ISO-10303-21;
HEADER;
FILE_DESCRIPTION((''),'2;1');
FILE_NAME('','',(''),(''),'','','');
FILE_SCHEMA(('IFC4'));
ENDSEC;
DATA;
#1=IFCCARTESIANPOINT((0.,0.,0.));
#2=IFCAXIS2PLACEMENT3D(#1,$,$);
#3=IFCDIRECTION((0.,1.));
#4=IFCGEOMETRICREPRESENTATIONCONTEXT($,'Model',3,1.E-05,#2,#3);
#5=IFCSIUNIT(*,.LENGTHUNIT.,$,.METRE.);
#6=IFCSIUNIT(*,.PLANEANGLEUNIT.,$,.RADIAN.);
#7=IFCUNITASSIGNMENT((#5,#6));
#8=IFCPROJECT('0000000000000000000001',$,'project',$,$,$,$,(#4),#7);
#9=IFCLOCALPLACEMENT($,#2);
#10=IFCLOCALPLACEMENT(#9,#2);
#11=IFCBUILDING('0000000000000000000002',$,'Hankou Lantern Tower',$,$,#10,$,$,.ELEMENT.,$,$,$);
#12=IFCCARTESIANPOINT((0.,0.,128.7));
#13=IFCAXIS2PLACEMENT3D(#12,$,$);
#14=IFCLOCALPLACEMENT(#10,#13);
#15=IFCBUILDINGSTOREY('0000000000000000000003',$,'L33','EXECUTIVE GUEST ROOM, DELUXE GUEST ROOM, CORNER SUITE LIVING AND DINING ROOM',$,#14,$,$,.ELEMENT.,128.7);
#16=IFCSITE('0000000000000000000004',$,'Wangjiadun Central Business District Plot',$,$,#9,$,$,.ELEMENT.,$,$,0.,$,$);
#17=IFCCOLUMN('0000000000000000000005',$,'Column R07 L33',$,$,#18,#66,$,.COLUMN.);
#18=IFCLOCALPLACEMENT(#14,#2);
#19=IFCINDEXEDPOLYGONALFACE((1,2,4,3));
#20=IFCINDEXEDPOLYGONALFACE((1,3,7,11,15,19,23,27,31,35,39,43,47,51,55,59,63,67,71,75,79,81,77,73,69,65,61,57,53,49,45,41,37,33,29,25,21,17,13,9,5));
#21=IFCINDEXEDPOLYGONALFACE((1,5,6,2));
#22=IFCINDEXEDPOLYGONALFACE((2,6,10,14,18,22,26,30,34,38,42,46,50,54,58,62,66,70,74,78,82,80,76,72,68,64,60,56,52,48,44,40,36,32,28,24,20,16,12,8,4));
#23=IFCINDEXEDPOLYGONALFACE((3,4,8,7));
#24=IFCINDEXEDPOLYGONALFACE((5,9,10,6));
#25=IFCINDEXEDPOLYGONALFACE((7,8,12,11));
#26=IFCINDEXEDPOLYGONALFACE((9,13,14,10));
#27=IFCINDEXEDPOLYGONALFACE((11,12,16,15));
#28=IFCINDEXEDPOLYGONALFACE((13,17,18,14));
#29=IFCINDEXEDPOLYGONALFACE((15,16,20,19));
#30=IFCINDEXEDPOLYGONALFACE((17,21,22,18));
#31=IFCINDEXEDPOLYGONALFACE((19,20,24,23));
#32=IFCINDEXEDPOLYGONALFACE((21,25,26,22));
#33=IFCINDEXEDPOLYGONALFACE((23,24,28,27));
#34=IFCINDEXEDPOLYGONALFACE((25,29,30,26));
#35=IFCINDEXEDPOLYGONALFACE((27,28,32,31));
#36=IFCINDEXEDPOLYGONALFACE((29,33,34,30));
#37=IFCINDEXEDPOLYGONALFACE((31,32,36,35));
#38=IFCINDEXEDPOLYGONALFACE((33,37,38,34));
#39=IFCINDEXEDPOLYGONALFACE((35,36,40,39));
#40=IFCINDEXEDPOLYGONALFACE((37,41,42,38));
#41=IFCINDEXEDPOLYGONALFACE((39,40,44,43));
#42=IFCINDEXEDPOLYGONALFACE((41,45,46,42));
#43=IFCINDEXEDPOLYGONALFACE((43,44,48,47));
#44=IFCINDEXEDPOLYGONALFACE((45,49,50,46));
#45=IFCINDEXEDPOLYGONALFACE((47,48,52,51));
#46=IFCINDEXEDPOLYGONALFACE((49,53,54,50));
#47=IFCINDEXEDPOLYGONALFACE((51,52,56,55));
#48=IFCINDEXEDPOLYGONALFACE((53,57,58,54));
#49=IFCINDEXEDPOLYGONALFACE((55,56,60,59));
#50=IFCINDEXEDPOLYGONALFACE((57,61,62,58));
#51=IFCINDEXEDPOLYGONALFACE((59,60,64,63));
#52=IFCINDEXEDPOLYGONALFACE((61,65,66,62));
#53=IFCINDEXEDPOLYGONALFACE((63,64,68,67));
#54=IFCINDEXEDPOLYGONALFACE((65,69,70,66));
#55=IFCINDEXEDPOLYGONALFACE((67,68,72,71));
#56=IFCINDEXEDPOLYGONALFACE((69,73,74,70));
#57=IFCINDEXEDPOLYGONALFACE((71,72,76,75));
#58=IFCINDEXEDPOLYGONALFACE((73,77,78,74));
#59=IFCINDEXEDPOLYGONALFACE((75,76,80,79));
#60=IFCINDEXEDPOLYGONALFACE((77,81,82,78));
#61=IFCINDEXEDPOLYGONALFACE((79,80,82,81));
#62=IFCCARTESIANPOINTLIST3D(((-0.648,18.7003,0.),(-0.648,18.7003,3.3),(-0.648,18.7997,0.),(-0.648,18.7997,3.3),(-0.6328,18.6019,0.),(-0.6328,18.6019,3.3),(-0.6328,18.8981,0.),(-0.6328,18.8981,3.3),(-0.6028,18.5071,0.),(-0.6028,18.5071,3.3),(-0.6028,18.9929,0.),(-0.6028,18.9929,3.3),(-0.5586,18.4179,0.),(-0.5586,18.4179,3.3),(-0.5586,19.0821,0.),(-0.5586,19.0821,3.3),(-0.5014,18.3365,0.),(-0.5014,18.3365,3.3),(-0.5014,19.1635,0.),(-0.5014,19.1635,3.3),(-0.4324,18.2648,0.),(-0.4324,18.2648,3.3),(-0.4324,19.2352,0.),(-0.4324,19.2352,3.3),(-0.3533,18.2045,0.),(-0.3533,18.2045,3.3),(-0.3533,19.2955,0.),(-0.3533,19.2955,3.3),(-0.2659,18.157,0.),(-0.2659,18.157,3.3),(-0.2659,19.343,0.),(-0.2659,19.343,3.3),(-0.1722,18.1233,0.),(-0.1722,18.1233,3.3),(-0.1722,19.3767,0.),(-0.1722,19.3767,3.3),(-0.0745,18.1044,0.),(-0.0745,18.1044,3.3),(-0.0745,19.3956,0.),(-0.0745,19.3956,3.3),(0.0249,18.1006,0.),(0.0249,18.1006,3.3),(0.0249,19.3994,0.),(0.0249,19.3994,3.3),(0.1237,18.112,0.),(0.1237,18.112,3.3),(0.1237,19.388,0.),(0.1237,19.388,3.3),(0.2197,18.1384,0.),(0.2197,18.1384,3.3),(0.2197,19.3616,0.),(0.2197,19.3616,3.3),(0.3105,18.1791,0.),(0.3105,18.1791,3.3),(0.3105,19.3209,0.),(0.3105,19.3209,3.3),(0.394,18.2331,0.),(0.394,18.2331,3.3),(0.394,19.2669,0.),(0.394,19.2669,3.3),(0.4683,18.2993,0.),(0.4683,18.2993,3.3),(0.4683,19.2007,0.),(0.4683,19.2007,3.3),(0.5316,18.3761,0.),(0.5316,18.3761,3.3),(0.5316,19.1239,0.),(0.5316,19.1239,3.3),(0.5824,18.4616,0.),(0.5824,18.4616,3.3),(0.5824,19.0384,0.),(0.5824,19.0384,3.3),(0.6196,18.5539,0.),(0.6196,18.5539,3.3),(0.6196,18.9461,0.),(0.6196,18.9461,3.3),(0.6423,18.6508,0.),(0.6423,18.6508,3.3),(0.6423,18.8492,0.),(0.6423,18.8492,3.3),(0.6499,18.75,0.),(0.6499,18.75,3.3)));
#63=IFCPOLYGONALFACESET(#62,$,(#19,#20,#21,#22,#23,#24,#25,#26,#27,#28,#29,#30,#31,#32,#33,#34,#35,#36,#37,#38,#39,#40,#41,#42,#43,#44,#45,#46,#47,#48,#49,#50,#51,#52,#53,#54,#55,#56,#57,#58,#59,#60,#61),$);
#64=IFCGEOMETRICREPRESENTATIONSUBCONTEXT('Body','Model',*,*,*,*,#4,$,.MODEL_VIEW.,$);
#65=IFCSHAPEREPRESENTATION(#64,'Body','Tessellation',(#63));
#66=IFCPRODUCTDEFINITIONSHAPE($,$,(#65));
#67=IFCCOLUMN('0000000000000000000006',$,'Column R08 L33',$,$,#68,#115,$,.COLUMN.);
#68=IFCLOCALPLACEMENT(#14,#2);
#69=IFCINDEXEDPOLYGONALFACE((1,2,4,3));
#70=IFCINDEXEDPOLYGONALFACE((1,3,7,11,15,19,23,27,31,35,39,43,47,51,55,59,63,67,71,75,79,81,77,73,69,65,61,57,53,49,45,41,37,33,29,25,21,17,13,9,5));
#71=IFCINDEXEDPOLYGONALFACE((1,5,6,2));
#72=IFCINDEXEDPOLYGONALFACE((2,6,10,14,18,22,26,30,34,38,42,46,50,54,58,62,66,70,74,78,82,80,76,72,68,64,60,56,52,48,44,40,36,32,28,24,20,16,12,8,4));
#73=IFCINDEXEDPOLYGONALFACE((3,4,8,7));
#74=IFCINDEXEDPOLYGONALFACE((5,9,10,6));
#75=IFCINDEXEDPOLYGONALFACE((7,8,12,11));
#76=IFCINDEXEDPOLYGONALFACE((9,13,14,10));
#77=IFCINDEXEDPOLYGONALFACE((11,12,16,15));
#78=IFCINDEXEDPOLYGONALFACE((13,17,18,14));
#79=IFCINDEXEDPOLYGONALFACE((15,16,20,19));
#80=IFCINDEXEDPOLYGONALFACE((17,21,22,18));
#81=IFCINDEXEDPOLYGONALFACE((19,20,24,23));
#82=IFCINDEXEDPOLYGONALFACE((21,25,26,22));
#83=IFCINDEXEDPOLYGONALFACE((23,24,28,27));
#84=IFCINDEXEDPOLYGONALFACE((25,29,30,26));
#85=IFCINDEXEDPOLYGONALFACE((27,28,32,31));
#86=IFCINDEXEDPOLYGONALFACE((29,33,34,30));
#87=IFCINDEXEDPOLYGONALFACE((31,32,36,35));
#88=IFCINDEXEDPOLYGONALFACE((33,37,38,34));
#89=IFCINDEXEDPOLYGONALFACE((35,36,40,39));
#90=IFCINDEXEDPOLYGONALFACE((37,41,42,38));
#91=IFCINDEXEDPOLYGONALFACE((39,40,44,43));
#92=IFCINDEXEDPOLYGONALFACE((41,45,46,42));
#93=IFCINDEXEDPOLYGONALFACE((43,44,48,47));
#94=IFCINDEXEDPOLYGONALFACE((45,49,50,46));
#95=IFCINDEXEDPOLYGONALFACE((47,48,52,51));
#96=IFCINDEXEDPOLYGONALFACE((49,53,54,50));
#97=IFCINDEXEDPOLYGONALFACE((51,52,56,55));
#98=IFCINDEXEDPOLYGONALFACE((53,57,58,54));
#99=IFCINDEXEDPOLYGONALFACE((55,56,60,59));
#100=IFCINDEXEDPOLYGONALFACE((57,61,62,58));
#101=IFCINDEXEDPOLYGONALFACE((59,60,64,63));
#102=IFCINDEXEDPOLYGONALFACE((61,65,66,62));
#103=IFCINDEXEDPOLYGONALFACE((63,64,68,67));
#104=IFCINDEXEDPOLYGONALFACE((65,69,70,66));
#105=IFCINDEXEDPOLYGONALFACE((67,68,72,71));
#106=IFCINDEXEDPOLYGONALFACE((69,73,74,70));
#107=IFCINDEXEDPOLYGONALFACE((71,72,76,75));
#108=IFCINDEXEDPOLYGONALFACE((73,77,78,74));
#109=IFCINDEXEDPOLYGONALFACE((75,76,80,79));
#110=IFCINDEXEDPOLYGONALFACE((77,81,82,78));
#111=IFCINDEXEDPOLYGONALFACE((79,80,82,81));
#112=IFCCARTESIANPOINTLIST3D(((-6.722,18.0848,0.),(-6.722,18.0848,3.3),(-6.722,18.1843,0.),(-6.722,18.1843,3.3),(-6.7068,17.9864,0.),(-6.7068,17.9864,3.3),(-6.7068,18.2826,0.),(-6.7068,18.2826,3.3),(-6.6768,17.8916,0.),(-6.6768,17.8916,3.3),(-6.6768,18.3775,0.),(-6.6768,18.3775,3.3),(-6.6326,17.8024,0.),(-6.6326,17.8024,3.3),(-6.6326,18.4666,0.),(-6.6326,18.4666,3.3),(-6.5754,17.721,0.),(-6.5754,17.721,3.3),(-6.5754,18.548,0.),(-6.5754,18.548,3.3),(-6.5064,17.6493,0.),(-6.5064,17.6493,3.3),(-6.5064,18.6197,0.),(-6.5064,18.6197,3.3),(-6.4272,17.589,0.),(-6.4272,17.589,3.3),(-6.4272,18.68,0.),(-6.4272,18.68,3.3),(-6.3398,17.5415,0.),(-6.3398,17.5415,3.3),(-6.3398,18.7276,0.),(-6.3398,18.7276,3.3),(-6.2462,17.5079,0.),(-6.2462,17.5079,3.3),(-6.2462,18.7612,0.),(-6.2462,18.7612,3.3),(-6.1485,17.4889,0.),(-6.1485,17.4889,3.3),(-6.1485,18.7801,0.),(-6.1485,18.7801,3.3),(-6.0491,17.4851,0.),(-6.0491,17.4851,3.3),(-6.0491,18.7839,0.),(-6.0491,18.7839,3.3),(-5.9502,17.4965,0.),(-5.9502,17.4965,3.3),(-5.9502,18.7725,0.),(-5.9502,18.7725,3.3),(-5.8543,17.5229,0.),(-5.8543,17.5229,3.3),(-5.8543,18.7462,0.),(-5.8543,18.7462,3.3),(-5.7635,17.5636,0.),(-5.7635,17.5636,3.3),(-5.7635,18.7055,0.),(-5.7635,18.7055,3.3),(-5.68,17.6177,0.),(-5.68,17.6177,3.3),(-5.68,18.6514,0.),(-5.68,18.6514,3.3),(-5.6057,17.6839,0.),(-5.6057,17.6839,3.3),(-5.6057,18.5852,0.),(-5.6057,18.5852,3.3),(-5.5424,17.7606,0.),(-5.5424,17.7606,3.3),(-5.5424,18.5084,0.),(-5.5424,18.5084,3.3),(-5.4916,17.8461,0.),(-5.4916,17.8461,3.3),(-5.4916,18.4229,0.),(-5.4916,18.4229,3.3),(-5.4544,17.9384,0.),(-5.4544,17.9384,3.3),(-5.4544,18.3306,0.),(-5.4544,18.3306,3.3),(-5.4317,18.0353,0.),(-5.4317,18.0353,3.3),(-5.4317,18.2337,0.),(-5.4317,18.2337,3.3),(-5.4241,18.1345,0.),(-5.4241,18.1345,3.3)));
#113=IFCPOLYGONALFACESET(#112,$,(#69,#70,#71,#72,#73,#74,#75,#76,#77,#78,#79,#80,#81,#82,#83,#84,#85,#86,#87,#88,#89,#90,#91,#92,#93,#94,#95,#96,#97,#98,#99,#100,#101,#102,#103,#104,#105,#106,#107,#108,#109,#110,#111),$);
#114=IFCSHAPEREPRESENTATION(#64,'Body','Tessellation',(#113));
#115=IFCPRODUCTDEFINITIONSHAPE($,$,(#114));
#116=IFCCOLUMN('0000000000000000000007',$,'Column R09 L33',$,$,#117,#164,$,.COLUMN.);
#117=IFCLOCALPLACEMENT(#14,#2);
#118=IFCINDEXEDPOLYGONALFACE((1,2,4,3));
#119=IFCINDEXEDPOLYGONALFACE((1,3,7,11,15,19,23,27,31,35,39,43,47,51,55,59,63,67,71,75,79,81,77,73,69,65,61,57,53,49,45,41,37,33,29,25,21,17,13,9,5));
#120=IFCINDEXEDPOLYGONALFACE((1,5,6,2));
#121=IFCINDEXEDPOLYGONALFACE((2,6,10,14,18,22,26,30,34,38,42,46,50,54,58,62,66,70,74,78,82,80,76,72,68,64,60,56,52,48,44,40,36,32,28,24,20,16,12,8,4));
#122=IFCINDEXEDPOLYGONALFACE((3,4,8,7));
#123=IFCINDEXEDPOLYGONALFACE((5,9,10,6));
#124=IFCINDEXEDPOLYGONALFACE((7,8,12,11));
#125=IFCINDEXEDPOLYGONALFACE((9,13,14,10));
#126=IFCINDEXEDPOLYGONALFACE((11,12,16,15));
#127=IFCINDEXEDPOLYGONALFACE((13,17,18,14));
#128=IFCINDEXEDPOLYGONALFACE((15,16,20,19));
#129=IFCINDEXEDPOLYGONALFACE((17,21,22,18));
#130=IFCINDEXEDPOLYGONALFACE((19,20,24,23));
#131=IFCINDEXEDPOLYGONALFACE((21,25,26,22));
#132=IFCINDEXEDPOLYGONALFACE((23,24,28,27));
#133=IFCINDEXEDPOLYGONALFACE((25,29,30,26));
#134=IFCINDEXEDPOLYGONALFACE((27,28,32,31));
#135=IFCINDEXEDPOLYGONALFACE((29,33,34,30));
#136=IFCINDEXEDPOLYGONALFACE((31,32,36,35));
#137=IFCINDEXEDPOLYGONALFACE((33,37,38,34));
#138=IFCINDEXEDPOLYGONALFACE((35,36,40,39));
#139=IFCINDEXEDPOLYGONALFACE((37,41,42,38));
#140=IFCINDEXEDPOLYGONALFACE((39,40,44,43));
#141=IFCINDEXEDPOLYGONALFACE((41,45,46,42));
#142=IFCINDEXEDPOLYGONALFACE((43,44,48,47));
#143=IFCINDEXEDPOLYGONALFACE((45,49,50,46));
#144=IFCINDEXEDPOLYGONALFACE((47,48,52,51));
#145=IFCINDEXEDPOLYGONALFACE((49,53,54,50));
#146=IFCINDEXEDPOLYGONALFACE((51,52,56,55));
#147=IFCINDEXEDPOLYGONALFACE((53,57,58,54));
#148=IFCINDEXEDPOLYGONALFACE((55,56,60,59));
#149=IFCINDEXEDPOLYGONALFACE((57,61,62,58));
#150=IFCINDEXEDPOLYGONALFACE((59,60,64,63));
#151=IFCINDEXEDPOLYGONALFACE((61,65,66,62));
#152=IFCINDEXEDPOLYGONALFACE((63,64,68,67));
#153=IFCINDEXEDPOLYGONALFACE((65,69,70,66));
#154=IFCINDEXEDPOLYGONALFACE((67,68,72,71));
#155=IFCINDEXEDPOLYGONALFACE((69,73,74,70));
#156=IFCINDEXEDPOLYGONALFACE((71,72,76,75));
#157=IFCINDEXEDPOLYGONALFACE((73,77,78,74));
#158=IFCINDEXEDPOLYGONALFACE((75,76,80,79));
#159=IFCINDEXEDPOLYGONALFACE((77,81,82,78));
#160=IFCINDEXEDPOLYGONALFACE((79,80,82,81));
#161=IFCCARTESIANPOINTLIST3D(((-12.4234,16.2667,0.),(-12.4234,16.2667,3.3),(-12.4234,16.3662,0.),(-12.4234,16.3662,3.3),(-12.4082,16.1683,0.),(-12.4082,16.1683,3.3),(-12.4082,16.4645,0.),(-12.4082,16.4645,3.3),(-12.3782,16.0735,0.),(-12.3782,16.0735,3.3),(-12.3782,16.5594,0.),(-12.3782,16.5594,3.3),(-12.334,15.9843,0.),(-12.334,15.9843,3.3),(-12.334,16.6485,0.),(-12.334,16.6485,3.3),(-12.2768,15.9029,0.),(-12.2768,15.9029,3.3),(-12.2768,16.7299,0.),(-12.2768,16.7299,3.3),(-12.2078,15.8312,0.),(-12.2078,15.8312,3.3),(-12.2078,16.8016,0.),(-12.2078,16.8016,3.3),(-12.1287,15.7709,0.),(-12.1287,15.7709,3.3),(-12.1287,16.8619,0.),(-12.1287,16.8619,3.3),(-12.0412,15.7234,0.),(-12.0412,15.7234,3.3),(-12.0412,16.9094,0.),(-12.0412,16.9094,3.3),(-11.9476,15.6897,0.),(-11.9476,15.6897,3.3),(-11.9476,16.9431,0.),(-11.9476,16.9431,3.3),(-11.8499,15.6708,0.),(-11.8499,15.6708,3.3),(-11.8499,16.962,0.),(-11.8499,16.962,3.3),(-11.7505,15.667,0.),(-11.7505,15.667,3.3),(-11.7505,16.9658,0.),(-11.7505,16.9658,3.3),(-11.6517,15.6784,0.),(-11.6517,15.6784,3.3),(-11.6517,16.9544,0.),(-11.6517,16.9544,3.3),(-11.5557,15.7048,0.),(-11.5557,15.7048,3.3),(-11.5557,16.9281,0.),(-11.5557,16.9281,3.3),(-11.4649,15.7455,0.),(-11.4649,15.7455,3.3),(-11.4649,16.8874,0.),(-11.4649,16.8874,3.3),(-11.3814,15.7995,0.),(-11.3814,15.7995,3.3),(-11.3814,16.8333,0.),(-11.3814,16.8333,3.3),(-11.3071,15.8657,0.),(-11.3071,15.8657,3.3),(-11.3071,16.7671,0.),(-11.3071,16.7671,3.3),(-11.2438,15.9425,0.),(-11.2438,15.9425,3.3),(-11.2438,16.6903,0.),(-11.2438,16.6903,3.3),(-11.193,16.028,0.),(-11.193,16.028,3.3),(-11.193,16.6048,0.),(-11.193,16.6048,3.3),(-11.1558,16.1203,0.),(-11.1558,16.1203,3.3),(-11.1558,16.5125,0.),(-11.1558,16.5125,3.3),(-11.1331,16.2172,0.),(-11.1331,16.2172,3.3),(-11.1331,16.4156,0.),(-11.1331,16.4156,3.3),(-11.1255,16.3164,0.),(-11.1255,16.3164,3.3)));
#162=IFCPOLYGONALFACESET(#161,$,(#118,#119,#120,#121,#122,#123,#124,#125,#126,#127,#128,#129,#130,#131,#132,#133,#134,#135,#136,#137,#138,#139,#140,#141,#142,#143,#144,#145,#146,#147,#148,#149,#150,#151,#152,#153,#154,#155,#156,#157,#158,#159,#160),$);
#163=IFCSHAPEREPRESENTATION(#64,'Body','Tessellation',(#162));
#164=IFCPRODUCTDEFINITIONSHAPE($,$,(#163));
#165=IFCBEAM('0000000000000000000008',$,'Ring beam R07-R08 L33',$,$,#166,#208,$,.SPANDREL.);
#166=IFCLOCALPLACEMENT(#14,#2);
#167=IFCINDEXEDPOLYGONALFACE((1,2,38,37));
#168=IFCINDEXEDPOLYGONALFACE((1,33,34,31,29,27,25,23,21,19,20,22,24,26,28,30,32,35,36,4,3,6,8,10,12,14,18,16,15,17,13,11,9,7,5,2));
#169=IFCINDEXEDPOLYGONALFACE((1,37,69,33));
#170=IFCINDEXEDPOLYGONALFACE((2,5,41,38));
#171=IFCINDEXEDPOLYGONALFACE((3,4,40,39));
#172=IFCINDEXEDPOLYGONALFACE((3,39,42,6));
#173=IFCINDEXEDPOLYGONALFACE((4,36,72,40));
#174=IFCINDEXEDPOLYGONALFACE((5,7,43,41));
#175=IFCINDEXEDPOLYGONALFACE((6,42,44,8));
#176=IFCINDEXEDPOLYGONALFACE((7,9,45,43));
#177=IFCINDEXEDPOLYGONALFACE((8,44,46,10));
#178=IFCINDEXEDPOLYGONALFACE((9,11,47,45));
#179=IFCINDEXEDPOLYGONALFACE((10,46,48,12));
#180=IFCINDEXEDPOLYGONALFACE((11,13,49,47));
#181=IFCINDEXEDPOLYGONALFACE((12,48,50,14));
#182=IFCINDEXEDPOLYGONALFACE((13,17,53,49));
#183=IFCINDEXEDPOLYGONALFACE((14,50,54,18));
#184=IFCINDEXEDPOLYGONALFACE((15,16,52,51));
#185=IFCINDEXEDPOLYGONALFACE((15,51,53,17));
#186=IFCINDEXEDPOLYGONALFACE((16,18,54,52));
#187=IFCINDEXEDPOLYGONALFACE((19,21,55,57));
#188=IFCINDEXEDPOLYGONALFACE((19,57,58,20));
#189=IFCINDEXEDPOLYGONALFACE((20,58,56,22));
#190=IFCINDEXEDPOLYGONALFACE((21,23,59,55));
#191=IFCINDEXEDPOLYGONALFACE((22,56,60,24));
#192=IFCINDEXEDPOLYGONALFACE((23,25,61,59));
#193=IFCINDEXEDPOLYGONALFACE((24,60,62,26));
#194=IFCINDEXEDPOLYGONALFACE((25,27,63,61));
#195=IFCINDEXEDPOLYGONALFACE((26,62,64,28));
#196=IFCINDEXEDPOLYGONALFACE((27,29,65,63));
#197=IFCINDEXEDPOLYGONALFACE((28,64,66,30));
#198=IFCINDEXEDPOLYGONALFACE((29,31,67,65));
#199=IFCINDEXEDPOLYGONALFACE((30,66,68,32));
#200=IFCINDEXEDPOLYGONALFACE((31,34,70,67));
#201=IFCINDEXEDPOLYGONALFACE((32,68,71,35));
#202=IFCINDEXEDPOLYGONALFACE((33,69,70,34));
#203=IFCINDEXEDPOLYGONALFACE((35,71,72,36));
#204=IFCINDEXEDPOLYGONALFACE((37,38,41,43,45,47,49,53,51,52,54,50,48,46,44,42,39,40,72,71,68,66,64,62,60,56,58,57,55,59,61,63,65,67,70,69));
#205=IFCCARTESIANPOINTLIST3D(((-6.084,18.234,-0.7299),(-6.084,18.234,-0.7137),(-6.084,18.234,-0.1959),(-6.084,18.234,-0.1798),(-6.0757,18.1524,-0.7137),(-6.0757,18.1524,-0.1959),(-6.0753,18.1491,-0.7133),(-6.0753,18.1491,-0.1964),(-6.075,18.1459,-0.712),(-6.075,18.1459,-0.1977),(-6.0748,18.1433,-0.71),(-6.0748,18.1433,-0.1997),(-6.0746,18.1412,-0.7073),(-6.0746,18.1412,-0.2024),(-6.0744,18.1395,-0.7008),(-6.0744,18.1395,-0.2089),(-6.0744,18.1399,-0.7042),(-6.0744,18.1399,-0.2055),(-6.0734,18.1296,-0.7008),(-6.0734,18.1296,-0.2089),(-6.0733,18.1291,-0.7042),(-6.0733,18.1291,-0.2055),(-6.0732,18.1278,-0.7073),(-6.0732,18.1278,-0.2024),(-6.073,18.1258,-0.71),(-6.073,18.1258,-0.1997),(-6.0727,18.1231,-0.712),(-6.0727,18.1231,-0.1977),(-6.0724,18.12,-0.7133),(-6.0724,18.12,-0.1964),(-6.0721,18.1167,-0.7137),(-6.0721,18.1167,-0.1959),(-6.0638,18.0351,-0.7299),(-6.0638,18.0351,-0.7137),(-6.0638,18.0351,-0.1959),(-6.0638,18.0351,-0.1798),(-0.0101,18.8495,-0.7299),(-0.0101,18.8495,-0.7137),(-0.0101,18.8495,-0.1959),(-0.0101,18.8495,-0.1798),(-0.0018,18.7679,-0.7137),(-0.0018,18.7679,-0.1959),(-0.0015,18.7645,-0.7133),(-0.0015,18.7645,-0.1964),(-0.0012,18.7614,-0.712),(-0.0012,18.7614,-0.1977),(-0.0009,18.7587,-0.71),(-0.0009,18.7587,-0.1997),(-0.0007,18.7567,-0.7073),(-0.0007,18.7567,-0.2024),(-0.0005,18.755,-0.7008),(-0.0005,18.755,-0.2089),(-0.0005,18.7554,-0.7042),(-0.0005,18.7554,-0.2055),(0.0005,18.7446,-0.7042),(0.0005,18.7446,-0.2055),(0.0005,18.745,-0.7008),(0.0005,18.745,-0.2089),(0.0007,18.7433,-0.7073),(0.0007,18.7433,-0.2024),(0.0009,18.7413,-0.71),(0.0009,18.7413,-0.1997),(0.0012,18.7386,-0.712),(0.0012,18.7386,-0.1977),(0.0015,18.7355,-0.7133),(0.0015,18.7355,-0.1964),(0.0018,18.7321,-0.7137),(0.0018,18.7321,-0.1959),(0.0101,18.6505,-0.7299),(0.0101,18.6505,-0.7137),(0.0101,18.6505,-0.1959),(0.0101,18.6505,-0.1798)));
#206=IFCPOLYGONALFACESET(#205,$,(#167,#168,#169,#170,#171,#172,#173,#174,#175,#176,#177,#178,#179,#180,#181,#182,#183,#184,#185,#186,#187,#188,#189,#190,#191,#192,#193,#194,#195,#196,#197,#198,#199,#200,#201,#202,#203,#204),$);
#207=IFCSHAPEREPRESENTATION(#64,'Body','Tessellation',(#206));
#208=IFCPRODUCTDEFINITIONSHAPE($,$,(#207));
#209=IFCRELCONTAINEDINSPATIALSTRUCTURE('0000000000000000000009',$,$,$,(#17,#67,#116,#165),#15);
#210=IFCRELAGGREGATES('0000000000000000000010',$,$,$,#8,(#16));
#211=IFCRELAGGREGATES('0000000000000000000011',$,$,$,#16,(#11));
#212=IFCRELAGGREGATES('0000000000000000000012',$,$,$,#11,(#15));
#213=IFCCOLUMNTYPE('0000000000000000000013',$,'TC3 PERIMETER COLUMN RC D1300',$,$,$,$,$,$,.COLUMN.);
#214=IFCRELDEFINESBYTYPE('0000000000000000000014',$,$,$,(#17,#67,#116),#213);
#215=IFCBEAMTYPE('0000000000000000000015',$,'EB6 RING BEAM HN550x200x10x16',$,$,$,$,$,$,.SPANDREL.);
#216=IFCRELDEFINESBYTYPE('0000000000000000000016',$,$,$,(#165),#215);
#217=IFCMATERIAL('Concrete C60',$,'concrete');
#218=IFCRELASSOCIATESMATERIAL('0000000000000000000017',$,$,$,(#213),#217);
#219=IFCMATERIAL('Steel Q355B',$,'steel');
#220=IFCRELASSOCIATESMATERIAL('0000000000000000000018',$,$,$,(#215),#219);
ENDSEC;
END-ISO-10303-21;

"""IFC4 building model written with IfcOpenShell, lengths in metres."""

from ifc_helpers import new_model, si_unit, direction, frame, origin, origin_2d, place, context, subcontext, project, spatial, circle, i_section, extrude, material, material_profile, profile_set, type_object, element, save


model = new_model("IFC4")

# Units and contexts
model_context = context("Model", 3, precision=1e-05, world=origin(), true_north=direction((0.0, 1.0)))
body_context = subcontext(model_context, "Body", "Model", "MODEL_VIEW")
ifc_project = project(units=[si_unit("LENGTHUNIT", "METRE"), si_unit("PLANEANGLEUNIT", "RADIAN")], contexts=[model_context])

# Site, building, storey
site_placement = place(None, origin())
site = spatial("IfcSite", under=ifc_project, at=site_placement, Name="Wangjiadun Central Business District Plot", CompositionType="ELEMENT", RefElevation=0.0)
building_placement = place(site_placement, origin())
building = spatial("IfcBuilding", under=site, at=building_placement, Name="Hankou Lantern Tower", CompositionType="ELEMENT")
storey_placement = place(building_placement, frame((0.0, 0.0, 128.7)))
storey = spatial("IfcBuildingStorey", under=building, at=storey_placement, Name="L33", Description="EXECUTIVE GUEST ROOM, DELUXE GUEST ROOM, CORNER SUITE LIVING AND DINING ROOM", CompositionType="ELEMENT", Elevation=128.7)

# Columns
ifc_material_1 = material(Name="Concrete C60", Category="concrete")
ifc_material_profile_1 = material_profile(ifc_material_1, circle(Radius=0.6499, at=origin_2d()), Name="RC D1300")
ifc_profile_set_1 = profile_set([ifc_material_profile_1], Name="Concrete C60")
column_type = type_object("IfcColumnType", Name="TC3 PERIMETER COLUMN RC D1300", PredefinedType="COLUMN", material=ifc_profile_set_1)
for number, where, z_axis, x_axis, name in (
    (1, (0.0, 18.75, 0.0), (0.0, 0.0, 1.0), (1.0, 0.0, 0.0), "Column R07 L33"),
    (2, (-6.074, 18.1345, 0.0), (0.0, 0.0, 1.0), (1.0, 0.0, 0.0), "Column R08 L33"),
    (3, (-11.7754, 16.3164, 0.0), (0.0, 0.0, 1.0), (1.0, 0.0, 0.0), "Column R09 L33"),
):
    element("IfcColumn", number, at=place(storey_placement, frame(where, z_axis=z_axis, x_axis=x_axis)), inside=storey, type_object=column_type, Name=name, PredefinedType="COLUMN", context=body_context, shape_type="SweptSolid", body=[
        extrude(circle(Radius=0.6499, at=origin_2d()), origin(), (0.0, 0.0, 1.0), 3.3),
    ])

# Beam
ifc_material_2 = material(Name="Steel Q355B", Category="steel")
ifc_material_profile_2 = material_profile(ifc_material_2, i_section(OverallWidth=0.2, OverallDepth=0.55, WebThickness=0.01, FlangeThickness=0.0161, FilletRadius=0.0129, at=origin_2d()), Name="HN550x200x10x16")
ifc_profile_set_2 = profile_set([ifc_material_profile_2], Name="Steel Q355B")
beam_type_1 = type_object("IfcBeamType", Name="EB6 RING BEAM HN550x200x10x16", PredefinedType="SPANDREL", material=ifc_profile_set_2)
beam_1_placement = place(storey_placement, frame((0.0, 18.75, -0.4548), z_axis=(-0.994905, -0.100814, 0.0), x_axis=(0.100814, -0.994905, 0.0)))
element("IfcBeam", 4, at=beam_1_placement, inside=storey, type_object=beam_type_1, Name="Ring beam R07-R08 L33", PredefinedType="SPANDREL", context=body_context, shape_type="SweptSolid", body=[
    extrude(i_section(OverallWidth=0.2, OverallDepth=0.55, WebThickness=0.01, FlangeThickness=0.0161, FilletRadius=0.0129, at=origin_2d()), origin(), (0.0, 0.0, 1.0), 6.105),
])

save(model, "model.ifc")
